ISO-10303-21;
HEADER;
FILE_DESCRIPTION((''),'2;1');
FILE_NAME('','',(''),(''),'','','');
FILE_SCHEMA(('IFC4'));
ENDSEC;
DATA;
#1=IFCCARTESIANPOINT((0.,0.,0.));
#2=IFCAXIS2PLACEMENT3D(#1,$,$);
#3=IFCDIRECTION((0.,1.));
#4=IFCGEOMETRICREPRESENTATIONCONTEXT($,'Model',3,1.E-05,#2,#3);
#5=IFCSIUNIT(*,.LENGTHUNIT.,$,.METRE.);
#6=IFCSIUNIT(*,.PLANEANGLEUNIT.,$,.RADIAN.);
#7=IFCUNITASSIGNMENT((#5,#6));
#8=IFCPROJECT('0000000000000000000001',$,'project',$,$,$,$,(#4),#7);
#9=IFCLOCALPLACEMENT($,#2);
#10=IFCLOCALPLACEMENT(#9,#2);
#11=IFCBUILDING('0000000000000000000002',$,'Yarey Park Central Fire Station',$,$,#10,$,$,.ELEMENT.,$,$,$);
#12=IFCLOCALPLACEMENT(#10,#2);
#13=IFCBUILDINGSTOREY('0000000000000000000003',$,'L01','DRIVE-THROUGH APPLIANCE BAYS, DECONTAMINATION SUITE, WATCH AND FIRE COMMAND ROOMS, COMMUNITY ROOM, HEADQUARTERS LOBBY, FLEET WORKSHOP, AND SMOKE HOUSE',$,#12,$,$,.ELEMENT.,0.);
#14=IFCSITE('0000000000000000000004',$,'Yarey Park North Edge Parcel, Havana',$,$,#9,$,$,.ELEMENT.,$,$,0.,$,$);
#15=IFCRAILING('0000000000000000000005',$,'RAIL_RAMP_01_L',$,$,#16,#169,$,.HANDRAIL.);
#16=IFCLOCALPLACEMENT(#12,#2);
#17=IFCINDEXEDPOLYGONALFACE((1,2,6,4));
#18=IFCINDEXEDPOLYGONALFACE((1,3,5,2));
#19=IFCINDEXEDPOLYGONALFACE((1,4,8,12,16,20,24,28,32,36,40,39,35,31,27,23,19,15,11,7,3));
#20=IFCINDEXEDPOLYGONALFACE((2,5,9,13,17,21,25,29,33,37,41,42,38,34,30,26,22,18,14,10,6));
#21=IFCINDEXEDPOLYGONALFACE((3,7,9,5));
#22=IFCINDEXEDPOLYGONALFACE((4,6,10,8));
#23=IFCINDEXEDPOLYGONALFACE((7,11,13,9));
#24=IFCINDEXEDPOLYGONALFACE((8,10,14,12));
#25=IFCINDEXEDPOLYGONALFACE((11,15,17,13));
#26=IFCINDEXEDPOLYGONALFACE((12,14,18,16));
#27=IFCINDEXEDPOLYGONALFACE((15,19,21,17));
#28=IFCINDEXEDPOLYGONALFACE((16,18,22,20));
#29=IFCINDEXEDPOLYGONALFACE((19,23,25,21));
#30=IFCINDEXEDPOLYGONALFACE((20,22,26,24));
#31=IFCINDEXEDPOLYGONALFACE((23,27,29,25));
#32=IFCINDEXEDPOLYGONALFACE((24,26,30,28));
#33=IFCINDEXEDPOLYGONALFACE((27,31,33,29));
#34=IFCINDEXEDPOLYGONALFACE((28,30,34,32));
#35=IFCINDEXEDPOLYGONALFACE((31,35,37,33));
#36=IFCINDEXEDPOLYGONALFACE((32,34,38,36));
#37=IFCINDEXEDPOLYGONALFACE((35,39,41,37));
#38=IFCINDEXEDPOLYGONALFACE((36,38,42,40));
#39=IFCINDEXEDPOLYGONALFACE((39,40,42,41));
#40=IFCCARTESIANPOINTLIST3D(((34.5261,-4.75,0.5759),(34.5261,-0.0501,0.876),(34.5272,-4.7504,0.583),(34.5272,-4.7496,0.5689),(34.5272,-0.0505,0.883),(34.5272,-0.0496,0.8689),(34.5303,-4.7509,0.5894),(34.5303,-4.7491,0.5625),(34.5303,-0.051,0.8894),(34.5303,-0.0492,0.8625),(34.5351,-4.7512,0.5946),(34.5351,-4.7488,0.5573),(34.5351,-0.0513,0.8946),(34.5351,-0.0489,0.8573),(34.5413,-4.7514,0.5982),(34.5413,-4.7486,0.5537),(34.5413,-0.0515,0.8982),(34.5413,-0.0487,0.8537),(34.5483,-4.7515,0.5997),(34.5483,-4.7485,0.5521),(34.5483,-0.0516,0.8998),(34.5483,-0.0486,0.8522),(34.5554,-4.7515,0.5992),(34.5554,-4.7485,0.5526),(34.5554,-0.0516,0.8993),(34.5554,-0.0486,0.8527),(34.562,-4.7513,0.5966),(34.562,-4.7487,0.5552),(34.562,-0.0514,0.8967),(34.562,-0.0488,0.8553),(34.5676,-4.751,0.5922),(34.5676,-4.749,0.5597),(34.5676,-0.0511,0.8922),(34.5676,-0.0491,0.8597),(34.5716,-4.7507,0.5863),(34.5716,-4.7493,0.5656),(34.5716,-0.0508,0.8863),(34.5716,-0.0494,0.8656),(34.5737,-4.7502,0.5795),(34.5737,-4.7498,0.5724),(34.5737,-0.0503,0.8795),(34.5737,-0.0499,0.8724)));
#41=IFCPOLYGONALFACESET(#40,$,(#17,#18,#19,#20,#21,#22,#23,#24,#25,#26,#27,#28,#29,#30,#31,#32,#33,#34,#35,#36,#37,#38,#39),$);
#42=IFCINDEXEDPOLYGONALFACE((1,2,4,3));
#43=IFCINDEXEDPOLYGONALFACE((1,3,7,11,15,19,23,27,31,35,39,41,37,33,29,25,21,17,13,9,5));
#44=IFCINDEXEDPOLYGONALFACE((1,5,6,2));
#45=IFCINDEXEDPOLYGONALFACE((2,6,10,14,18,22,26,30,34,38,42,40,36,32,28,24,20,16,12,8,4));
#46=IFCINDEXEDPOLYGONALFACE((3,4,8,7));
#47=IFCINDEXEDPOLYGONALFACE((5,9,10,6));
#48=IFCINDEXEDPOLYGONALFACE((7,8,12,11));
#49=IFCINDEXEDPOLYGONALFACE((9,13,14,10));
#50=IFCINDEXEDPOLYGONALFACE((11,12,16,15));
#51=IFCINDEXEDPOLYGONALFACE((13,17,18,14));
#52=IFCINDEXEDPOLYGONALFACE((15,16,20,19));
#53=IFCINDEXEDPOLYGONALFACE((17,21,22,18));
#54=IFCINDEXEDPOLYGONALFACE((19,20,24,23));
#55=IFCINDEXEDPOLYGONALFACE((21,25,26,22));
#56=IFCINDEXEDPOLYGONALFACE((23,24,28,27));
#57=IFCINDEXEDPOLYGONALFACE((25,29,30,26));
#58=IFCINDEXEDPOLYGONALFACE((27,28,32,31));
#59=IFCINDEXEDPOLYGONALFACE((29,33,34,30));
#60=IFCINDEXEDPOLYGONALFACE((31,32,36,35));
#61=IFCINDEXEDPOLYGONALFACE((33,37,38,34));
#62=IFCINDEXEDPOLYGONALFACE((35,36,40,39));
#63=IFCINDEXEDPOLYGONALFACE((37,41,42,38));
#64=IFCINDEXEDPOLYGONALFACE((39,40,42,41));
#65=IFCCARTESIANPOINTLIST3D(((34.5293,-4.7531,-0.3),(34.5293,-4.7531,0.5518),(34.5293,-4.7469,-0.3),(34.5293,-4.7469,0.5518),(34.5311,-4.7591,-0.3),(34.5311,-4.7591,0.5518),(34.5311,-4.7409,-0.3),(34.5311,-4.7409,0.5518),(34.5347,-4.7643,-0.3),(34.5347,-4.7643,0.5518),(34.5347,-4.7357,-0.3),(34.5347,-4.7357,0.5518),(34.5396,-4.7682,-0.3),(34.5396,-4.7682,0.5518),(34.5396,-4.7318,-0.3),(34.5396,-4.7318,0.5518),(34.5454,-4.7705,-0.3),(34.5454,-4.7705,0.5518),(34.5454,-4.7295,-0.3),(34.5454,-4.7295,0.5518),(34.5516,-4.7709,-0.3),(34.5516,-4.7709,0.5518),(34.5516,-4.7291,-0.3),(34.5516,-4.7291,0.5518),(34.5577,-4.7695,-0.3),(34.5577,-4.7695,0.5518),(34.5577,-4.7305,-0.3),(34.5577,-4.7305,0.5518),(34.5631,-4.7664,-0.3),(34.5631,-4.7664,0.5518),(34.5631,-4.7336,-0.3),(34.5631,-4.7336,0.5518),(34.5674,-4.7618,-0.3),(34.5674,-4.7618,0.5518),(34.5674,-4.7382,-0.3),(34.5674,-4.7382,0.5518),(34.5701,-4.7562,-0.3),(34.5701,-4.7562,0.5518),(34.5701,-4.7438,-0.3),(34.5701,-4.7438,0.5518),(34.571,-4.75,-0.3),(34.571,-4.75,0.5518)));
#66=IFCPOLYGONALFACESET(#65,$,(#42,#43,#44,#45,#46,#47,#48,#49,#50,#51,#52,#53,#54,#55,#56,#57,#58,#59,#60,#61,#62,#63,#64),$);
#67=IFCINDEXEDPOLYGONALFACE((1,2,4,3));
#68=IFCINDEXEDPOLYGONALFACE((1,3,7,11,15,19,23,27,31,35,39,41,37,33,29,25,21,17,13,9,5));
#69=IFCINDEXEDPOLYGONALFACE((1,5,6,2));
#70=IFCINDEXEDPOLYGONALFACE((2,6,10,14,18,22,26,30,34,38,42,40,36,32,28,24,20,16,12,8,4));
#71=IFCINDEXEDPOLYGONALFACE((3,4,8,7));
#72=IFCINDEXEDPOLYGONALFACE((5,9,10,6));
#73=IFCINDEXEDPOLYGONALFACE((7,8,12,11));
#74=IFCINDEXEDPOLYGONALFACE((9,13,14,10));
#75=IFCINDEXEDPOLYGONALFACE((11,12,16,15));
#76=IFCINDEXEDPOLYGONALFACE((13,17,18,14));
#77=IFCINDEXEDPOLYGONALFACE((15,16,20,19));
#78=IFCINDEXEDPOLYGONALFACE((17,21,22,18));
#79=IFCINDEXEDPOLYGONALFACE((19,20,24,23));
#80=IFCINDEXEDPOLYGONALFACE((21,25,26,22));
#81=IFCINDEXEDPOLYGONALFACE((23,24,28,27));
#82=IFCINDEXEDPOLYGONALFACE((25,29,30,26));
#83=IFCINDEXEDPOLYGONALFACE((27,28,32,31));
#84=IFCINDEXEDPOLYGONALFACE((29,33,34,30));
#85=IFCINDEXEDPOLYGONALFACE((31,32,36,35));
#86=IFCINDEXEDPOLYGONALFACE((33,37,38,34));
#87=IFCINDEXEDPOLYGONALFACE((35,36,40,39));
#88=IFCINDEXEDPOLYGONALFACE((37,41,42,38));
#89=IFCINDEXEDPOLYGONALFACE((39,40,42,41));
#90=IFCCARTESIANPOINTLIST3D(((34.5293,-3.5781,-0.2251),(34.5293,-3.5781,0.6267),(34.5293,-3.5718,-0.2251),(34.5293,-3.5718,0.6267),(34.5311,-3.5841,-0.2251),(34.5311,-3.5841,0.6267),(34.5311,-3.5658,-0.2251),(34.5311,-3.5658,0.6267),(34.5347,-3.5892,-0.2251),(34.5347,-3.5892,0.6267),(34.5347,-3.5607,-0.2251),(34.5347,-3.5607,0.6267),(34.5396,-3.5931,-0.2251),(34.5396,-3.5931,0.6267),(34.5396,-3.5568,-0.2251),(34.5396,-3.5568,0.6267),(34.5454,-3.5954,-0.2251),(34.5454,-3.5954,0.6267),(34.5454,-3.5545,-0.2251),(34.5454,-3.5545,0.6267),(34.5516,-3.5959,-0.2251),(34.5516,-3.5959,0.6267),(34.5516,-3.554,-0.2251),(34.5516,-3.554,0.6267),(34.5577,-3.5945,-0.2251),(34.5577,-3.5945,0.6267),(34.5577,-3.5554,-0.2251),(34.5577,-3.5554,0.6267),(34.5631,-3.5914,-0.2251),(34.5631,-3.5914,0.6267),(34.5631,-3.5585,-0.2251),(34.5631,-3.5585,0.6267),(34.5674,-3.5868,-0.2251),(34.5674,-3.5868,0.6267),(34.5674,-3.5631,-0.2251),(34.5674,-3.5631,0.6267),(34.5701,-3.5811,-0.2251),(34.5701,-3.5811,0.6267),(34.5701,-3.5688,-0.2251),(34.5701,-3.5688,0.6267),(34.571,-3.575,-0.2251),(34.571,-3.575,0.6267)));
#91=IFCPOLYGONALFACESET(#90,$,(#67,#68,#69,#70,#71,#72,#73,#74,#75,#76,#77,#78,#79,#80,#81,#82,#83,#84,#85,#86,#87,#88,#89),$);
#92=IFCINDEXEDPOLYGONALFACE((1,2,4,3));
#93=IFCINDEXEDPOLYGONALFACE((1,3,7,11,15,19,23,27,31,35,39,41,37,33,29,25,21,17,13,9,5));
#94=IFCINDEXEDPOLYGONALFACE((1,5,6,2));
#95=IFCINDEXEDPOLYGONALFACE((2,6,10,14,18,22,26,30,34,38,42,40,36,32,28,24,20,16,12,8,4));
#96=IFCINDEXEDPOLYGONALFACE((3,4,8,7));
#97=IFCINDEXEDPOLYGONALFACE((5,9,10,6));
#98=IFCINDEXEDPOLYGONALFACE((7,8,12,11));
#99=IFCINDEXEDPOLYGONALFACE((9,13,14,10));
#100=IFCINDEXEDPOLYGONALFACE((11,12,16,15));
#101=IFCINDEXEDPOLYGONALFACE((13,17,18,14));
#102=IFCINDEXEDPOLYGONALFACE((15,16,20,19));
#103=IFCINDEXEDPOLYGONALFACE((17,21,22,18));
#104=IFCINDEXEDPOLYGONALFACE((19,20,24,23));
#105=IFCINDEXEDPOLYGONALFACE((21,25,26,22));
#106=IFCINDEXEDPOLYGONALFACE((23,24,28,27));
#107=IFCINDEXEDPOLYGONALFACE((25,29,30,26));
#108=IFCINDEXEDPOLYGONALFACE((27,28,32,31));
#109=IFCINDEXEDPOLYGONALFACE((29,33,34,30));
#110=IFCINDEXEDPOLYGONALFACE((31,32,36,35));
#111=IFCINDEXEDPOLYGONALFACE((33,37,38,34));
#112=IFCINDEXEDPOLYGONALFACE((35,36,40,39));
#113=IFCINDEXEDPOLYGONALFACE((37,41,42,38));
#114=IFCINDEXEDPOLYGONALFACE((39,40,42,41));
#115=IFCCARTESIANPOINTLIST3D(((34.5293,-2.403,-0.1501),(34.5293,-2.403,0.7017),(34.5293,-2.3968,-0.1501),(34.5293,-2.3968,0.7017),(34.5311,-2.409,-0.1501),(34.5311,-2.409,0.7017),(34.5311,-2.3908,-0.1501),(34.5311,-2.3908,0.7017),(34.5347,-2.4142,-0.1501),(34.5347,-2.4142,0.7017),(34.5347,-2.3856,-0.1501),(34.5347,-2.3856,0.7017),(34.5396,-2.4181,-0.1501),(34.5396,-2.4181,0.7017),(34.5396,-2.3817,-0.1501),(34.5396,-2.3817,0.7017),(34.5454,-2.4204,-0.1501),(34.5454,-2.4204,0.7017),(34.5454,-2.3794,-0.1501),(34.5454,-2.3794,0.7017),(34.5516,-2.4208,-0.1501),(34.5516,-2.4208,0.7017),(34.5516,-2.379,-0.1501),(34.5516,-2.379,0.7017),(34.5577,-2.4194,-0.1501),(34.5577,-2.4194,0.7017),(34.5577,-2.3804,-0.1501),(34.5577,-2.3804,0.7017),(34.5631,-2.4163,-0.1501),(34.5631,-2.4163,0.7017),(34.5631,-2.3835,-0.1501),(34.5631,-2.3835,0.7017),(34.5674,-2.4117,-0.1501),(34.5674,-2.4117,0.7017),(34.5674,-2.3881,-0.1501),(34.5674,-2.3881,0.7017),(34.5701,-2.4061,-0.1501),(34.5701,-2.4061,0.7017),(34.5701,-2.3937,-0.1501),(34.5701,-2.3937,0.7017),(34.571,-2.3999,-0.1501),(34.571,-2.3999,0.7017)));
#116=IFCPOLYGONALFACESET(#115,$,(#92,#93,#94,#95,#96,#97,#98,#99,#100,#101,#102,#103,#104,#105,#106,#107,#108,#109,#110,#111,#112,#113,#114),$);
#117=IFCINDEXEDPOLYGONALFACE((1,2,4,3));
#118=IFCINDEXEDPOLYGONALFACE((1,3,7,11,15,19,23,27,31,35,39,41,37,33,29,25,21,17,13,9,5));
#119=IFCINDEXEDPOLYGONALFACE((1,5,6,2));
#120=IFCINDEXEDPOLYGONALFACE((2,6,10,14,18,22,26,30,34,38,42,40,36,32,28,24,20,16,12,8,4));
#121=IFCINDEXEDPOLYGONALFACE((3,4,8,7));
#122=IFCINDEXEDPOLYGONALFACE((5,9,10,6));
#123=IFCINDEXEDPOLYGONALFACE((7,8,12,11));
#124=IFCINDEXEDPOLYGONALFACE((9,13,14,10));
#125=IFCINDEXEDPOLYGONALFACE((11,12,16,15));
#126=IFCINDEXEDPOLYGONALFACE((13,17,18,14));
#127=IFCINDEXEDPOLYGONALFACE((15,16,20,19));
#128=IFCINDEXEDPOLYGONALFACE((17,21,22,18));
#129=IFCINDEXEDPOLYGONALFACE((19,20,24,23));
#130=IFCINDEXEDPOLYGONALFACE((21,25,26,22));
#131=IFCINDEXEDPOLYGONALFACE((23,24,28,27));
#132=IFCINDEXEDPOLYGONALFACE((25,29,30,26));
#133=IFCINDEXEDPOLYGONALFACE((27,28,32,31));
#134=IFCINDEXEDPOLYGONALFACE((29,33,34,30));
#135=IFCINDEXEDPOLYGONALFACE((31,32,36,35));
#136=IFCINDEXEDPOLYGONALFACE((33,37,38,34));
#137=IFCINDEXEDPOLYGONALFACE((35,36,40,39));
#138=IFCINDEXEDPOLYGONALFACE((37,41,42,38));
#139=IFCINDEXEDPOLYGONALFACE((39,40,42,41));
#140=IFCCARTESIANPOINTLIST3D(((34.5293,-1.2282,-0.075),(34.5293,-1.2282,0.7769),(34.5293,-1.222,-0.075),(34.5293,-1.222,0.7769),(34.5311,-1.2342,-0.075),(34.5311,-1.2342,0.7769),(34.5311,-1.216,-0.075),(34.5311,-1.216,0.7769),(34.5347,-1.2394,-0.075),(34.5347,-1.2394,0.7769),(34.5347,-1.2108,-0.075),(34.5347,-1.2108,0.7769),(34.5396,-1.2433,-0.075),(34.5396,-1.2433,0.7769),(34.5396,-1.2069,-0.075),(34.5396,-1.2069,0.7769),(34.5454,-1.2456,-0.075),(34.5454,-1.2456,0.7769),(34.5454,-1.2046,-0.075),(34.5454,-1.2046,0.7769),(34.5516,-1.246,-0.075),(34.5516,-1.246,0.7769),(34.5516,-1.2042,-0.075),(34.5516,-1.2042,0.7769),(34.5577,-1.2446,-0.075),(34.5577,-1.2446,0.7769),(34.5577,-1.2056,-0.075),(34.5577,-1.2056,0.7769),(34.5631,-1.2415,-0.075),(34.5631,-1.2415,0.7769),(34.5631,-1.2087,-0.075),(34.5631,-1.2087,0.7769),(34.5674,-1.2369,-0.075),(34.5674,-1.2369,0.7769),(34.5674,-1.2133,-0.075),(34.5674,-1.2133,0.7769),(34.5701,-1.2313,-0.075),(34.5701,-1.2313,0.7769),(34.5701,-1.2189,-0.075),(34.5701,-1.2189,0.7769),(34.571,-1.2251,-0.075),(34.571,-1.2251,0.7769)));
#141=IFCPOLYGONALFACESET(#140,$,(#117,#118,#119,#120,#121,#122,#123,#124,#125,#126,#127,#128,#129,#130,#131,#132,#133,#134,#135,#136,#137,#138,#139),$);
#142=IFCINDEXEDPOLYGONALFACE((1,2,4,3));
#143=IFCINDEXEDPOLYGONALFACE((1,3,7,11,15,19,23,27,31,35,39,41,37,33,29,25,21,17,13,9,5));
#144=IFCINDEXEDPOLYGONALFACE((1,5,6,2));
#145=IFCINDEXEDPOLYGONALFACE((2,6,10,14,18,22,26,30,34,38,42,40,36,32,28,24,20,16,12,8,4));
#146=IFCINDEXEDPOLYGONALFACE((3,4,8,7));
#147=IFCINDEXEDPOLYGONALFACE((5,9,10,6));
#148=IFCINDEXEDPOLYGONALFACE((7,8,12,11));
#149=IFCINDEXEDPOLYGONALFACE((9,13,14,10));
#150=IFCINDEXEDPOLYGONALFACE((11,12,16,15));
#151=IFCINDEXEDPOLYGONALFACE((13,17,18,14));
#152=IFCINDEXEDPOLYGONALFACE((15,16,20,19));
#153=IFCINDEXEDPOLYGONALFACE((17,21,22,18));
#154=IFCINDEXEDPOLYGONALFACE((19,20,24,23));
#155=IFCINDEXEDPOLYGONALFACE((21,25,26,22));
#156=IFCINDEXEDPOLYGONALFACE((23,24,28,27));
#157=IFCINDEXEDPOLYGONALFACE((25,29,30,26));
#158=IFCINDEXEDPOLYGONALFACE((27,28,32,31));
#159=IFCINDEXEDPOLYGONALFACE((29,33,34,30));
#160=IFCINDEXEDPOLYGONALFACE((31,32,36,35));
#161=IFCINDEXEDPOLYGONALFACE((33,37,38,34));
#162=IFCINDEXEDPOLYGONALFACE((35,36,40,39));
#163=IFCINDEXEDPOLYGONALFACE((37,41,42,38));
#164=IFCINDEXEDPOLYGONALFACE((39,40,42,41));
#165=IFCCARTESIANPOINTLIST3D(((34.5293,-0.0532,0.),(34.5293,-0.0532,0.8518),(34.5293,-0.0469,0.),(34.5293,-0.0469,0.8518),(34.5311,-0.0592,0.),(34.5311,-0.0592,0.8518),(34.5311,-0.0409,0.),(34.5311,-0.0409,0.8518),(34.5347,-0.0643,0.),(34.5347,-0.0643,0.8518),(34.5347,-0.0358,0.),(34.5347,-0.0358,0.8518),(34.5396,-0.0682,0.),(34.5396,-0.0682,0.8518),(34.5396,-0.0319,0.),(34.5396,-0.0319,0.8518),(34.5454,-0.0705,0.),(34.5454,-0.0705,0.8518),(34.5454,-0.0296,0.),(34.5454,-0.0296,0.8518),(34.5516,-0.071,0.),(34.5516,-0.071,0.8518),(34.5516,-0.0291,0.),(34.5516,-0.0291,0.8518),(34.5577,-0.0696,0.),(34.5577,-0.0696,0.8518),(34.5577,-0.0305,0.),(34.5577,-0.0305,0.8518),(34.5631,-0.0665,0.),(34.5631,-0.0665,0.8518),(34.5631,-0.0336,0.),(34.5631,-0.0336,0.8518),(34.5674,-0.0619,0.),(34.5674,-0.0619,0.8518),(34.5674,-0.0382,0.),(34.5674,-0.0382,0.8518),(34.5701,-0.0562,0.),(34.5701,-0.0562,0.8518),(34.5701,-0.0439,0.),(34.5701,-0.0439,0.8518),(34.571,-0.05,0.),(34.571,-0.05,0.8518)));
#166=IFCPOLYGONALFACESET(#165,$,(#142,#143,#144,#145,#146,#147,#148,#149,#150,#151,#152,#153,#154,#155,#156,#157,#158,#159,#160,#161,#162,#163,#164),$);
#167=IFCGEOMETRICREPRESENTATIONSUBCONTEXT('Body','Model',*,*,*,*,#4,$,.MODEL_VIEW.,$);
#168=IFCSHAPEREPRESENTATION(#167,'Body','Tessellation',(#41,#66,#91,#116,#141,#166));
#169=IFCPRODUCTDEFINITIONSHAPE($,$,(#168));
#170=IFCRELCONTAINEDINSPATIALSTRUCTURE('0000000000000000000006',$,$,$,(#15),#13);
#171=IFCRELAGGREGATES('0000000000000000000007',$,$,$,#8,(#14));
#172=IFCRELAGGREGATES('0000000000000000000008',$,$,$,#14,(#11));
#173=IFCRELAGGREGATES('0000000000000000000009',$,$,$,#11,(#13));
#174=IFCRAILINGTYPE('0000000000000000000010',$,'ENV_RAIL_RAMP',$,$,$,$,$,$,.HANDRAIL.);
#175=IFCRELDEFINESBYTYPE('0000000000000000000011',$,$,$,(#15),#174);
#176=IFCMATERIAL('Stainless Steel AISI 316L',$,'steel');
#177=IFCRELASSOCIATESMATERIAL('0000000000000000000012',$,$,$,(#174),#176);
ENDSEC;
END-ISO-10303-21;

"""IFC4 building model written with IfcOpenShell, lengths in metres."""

from ifc_helpers import new_model, si_unit, direction, frame, origin, origin_2d, place, context, subcontext, project, spatial, circle, extrude, material, type_object, element, save


model = new_model("IFC4")

# Units and contexts
model_context = context("Model", 3, precision=1e-05, world=origin(), true_north=direction((0.0, 1.0)))
body_context = subcontext(model_context, "Body", "Model", "MODEL_VIEW")
ifc_project = project(units=[si_unit("LENGTHUNIT", "METRE"), si_unit("PLANEANGLEUNIT", "RADIAN")], contexts=[model_context])

# Site, building, storey
site_placement = place(None, origin())
site = spatial("IfcSite", under=ifc_project, at=site_placement, Name="Yarey Park North Edge Parcel, Havana", CompositionType="ELEMENT", RefElevation=0.0)
building_placement = place(site_placement, origin())
building = spatial("IfcBuilding", under=site, at=building_placement, Name="Yarey Park Central Fire Station", CompositionType="ELEMENT")
storey_placement = place(building_placement, origin())
storey = spatial("IfcBuildingStorey", under=building, at=storey_placement, Name="L01", Description="DRIVE-THROUGH APPLIANCE BAYS, DECONTAMINATION SUITE, WATCH AND FIRE COMMAND ROOMS, COMMUNITY ROOM, HEADQUARTERS LOBBY, FLEET WORKSHOP, AND SMOKE HOUSE", CompositionType="ELEMENT", Elevation=0.0)

# Railing
ifc_material_1 = material(Name="Stainless Steel AISI 316L", Category="steel")
railing_type = type_object("IfcRailingType", Name="ENV_RAIL_RAMP", PredefinedType="HANDRAIL", material=ifc_material_1)
for number, where, name in (
    (1, (34.55, -4.75, -0.3), "RAIL_RAMP_01_L"),
):
    element("IfcRailing", number, at=place(storey_placement, frame(where)), inside=storey, type_object=railing_type, Name=name, PredefinedType="HANDRAIL", context=body_context, shape_type="SweptSolid", body=[
        extrude(circle(Radius=0.0239, at=origin_2d()), frame((0.0, 0.0, 0.876), z_axis=(0.0, 0.997968, 0.063711), x_axis=(-1.0, 0.0, 0.0)), (0.0, 0.0, 1.0), 4.7095),
        extrude(circle(Radius=0.021, at=origin_2d()), origin(), (0.0, 0.0, 1.0), 0.8518),
        extrude(circle(Radius=0.021, at=origin_2d()), frame((0.0, 1.175, 0.075)), (0.0, 0.0, 1.0), 0.8518),
        extrude(circle(Radius=0.021, at=origin_2d()), frame((0.0, 2.3501, 0.1499)), (0.0, 0.0, 1.0), 0.8518),
        extrude(circle(Radius=0.021, at=origin_2d()), frame((0.0, 3.5249, 0.2251)), (0.0, 0.0, 1.0), 0.8518),
        extrude(circle(Radius=0.021, at=origin_2d()), frame((0.0, 4.7, 0.3)), (0.0, 0.0, 1.0), 0.8518),
    ])

save(model, "model.ifc")
